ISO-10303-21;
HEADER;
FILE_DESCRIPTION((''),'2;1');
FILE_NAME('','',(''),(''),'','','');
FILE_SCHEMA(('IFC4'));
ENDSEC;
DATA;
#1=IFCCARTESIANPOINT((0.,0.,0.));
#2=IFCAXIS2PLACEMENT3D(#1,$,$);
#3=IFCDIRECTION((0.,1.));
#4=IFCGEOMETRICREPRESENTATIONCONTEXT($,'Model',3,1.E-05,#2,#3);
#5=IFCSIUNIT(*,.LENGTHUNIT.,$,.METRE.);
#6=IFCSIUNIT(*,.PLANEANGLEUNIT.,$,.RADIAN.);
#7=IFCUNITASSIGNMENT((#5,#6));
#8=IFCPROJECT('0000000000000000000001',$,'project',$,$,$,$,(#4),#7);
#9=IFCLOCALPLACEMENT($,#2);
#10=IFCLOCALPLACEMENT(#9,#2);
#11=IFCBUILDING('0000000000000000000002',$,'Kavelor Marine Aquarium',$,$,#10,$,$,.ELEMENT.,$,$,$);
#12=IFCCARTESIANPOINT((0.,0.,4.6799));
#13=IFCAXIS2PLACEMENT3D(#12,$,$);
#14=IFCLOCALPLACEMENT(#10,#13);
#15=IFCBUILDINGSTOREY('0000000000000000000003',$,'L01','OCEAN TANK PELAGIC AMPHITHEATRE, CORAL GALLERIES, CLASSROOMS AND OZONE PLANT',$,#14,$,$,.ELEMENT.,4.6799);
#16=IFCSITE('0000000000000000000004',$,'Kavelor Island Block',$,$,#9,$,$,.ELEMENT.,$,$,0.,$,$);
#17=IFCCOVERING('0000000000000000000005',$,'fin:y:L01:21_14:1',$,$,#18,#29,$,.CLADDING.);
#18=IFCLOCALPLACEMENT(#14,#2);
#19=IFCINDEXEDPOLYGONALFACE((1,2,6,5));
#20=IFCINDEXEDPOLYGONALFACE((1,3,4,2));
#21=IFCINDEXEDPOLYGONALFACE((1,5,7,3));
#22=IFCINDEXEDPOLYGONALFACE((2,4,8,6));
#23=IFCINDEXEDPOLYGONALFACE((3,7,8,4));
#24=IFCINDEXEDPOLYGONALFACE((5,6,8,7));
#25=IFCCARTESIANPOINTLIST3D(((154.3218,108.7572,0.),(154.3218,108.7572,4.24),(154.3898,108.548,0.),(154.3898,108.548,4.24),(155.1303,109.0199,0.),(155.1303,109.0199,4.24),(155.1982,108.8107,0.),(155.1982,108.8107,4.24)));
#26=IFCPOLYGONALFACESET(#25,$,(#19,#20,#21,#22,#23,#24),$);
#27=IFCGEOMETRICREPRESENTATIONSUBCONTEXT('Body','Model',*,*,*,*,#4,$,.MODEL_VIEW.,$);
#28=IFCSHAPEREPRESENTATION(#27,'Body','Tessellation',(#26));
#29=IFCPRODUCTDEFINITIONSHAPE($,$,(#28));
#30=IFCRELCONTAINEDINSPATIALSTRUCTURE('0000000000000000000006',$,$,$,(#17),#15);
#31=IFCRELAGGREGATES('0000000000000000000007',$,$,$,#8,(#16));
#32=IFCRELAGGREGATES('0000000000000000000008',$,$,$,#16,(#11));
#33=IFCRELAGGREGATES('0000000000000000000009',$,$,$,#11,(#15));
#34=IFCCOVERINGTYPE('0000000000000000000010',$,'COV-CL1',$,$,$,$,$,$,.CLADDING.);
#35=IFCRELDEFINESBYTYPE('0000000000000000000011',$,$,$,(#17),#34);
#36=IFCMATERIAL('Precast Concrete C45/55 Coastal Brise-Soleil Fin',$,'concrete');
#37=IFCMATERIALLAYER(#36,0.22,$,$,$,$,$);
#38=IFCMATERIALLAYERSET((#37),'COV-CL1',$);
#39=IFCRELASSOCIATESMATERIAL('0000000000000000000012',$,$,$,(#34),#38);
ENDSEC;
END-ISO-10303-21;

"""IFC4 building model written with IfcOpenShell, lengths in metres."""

from ifc_helpers import new_model, si_unit, direction, frame, origin, origin_2d, place, context, subcontext, project, spatial, rectangle, extrude, material, layer, layer_set, type_object, element, save


model = new_model("IFC4")

# Units and contexts
model_context = context("Model", 3, precision=1e-05, world=origin(), true_north=direction((0.0, 1.0)))
body_context = subcontext(model_context, "Body", "Model", "MODEL_VIEW")
ifc_project = project(units=[si_unit("LENGTHUNIT", "METRE"), si_unit("PLANEANGLEUNIT", "RADIAN")], contexts=[model_context])

# Site, building, storey
site_placement = place(None, origin())
site = spatial("IfcSite", under=ifc_project, at=site_placement, Name="Kavelor Island Block", CompositionType="ELEMENT", RefElevation=0.0)
building_placement = place(site_placement, origin())
building = spatial("IfcBuilding", under=site, at=building_placement, Name="Kavelor Marine Aquarium", CompositionType="ELEMENT")
storey_placement = place(building_placement, frame((0.0, 0.0, 4.6799)))
storey = spatial("IfcBuildingStorey", under=building, at=storey_placement, Name="L01", Description="OCEAN TANK PELAGIC AMPHITHEATRE, CORAL GALLERIES, CLASSROOMS AND OZONE PLANT", CompositionType="ELEMENT", Elevation=4.6799)

# Covering
ifc_material_1 = material(Name="Precast Concrete C45/55 Coastal Brise-Soleil Fin", Category="concrete")
ifc_layer_1 = layer(ifc_material_1, 0.22)
ifc_layer_set_1 = layer_set([ifc_layer_1], Name="COV-CL1")
covering_type = type_object("IfcCoveringType", Name="COV-CL1", PredefinedType="CLADDING", material=ifc_layer_set_1)
covering_placement = place(storey_placement, frame((154.76, 108.7839, 0.0), z_axis=(0.0, 0.0, 1.0), x_axis=(0.951057, 0.309017, 0.0)))
element("IfcCovering", 1, at=covering_placement, inside=storey, type_object=covering_type, Name="fin:y:L01:21_14:1", PredefinedType="CLADDING", context=body_context, shape_type="SweptSolid", body=[
    extrude(rectangle(XDim=0.8501, YDim=0.22, at=origin_2d()), origin(), (0.0, 0.0, 1.0), 4.24),
])

save(model, "model.ifc")
